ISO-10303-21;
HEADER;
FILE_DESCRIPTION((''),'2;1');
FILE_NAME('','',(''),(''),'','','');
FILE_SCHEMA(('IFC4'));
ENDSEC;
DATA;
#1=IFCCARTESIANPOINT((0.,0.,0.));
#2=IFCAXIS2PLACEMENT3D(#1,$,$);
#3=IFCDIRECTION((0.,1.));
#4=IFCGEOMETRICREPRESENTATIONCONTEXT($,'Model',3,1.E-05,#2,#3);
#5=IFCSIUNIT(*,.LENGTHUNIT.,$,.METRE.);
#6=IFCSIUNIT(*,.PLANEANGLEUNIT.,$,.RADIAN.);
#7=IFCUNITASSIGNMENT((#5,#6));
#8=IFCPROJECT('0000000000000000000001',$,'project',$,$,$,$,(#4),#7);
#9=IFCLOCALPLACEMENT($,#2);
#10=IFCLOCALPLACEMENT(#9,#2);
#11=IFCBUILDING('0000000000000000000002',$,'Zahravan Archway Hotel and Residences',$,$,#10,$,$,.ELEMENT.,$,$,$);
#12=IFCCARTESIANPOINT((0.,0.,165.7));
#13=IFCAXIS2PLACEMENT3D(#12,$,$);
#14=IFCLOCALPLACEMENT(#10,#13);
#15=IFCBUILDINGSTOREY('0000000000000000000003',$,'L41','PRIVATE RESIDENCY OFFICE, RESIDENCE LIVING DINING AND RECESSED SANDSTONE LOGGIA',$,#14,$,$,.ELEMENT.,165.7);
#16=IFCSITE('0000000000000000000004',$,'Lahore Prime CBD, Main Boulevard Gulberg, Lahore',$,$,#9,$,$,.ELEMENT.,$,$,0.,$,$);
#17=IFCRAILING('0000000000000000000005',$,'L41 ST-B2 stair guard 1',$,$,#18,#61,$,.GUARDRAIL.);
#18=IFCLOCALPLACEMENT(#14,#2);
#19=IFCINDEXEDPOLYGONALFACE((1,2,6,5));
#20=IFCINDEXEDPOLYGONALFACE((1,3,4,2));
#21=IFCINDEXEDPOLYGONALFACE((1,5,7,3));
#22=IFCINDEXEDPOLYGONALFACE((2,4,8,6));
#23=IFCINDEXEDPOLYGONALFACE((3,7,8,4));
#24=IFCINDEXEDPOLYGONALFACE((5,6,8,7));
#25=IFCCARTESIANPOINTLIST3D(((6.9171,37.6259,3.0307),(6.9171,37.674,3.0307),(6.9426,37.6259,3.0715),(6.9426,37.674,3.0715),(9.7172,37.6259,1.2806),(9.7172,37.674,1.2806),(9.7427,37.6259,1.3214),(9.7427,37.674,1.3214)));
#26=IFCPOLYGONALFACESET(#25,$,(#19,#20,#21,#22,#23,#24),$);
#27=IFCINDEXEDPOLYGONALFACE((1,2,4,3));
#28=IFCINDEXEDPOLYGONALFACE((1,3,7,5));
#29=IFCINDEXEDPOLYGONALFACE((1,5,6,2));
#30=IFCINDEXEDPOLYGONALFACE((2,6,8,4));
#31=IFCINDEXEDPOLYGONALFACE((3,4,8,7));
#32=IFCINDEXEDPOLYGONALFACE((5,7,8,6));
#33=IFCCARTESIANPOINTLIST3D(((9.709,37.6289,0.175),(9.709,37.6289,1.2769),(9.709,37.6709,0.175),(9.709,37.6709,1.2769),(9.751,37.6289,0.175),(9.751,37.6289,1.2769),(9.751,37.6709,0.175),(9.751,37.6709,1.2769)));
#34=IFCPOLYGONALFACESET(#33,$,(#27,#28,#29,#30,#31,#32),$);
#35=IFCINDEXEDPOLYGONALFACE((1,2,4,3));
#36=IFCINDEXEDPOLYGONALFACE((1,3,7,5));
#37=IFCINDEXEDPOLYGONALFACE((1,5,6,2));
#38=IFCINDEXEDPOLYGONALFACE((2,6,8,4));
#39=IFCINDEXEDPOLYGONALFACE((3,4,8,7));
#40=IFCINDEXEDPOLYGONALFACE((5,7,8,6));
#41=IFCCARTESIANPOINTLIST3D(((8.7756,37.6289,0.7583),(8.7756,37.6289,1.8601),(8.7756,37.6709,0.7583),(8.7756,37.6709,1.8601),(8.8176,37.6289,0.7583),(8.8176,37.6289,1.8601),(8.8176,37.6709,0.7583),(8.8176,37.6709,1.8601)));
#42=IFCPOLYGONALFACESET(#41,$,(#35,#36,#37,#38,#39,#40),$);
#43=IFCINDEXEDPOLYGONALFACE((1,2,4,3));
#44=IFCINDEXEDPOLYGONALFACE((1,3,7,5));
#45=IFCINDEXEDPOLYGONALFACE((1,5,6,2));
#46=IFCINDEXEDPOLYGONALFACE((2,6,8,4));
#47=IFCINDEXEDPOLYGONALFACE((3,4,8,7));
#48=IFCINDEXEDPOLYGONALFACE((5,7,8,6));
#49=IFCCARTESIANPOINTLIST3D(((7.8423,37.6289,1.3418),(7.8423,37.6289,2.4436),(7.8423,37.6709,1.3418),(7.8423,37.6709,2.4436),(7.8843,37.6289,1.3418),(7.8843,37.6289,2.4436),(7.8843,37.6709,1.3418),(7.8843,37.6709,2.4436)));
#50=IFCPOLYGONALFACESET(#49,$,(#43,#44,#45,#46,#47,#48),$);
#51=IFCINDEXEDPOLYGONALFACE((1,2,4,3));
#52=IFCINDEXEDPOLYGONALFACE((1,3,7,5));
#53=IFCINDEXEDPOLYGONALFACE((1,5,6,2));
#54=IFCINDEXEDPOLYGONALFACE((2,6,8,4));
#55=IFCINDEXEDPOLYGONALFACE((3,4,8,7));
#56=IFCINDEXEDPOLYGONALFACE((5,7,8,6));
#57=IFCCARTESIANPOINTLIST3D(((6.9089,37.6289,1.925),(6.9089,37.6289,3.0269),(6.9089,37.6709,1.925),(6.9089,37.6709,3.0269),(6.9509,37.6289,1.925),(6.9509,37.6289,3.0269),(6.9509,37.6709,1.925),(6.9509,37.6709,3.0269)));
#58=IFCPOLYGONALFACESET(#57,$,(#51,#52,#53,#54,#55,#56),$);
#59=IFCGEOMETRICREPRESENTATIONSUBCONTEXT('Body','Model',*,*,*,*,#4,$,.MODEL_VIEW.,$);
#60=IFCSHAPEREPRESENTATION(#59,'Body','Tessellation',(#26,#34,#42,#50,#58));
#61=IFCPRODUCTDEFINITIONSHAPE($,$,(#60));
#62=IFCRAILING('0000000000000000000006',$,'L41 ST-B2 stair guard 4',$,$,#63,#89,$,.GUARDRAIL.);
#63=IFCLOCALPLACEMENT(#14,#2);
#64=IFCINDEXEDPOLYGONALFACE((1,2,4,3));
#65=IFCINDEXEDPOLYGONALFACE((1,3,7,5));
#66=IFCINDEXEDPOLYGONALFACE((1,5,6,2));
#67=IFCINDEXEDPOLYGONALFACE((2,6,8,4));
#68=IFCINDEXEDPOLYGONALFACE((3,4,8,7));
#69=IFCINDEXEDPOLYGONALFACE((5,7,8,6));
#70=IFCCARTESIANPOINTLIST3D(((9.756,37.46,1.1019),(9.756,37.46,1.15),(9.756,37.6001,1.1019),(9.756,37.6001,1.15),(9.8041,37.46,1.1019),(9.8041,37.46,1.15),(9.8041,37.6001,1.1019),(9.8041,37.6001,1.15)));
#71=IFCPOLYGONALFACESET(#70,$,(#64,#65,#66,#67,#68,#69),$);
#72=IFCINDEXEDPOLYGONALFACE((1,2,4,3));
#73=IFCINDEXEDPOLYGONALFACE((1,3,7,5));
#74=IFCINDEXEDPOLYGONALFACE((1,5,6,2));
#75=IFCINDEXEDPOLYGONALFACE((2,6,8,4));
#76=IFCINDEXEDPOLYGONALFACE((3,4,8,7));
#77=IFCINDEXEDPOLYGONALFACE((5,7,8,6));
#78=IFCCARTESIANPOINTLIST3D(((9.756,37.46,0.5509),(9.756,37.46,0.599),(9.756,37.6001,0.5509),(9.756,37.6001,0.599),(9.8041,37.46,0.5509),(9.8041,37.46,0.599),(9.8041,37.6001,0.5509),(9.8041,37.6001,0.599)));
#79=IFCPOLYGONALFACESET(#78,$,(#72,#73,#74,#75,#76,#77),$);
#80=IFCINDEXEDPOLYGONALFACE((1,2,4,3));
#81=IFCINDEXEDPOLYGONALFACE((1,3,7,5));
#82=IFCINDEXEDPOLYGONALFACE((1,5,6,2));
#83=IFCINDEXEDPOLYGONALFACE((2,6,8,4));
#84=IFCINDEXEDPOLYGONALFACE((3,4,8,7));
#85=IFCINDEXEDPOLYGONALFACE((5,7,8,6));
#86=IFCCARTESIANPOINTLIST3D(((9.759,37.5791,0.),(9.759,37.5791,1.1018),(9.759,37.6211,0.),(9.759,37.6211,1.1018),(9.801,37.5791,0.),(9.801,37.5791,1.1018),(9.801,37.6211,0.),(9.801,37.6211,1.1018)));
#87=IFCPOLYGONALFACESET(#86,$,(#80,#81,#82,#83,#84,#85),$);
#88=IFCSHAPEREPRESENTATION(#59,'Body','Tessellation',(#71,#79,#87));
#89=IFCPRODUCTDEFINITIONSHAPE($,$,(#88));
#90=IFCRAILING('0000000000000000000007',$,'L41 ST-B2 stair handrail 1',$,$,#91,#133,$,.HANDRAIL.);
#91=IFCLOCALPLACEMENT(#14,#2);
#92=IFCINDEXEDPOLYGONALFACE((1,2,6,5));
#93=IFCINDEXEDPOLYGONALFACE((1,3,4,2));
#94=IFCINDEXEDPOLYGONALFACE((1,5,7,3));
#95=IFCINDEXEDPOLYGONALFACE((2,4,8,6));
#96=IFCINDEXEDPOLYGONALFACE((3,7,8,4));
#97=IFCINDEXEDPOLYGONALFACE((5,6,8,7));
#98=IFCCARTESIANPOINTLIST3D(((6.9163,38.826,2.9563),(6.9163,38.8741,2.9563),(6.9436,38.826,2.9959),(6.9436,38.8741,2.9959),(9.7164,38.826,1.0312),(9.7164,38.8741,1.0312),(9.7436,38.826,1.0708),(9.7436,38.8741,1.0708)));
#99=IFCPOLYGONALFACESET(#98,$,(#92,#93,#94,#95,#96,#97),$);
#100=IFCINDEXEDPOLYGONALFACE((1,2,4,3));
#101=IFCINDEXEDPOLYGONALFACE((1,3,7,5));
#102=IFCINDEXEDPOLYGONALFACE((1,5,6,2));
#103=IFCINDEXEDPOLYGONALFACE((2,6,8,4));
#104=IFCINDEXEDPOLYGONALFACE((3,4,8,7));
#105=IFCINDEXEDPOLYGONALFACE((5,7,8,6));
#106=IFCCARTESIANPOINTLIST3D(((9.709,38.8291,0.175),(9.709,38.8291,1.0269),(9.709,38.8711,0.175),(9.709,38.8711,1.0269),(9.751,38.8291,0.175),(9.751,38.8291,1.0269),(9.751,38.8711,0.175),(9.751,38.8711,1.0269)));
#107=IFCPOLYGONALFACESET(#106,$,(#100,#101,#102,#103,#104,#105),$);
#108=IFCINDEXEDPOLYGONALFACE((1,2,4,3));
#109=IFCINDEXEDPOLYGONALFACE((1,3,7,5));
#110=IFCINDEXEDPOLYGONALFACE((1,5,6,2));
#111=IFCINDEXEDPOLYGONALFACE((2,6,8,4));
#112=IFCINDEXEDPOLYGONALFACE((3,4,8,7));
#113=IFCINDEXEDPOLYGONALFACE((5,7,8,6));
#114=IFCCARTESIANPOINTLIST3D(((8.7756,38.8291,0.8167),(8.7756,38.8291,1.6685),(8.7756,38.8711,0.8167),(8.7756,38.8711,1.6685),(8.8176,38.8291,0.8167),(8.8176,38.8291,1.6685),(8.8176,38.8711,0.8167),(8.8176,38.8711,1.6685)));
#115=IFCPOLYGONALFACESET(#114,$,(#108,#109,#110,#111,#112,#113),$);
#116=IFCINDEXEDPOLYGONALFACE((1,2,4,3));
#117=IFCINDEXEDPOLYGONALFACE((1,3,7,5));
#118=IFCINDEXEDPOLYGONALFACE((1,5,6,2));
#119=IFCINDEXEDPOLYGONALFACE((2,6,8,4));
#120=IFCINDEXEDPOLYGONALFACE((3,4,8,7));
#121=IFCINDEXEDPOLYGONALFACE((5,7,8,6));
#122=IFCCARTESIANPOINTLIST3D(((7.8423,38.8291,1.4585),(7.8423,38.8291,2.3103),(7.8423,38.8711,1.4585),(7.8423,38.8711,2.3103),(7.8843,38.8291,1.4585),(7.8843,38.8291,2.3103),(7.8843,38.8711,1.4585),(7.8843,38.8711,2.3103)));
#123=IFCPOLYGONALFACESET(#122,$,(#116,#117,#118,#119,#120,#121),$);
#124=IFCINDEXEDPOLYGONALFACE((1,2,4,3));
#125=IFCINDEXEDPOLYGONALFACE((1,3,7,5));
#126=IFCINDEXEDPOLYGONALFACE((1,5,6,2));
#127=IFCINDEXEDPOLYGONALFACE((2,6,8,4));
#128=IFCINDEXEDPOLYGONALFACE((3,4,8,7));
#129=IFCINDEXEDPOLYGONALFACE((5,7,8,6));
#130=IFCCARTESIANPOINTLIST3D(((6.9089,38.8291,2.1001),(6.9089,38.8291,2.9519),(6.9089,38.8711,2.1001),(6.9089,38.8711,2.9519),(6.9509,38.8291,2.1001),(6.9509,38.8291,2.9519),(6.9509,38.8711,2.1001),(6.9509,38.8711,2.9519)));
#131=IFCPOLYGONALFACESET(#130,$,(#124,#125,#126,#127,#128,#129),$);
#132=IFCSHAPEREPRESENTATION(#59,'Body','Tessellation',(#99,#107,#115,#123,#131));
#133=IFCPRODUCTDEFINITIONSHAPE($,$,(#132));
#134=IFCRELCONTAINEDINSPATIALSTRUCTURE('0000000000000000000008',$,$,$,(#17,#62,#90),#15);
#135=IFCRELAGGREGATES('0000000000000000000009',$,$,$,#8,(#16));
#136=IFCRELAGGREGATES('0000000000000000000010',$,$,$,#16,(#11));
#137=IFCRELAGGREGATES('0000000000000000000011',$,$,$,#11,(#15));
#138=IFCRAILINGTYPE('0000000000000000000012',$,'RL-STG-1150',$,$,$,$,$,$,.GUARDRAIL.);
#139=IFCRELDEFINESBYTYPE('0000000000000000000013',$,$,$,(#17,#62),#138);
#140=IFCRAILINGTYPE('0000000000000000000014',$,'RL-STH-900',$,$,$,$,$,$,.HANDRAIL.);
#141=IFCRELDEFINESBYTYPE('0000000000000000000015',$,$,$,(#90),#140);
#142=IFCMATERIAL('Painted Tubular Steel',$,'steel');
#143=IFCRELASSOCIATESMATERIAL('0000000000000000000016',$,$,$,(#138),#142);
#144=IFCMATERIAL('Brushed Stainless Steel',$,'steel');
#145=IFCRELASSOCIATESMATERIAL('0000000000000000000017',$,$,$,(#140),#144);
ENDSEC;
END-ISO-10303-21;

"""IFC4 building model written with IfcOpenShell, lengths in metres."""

from ifc_helpers import new_model, si_unit, direction, frame, origin, origin_2d, place, context, subcontext, project, spatial, rectangle, extrude, material, type_object, element, save


model = new_model("IFC4")

# Units and contexts
model_context = context("Model", 3, precision=1e-05, world=origin(), true_north=direction((0.0, 1.0)))
body_context = subcontext(model_context, "Body", "Model", "MODEL_VIEW")
ifc_project = project(units=[si_unit("LENGTHUNIT", "METRE"), si_unit("PLANEANGLEUNIT", "RADIAN")], contexts=[model_context])

# Site, building, storey
site_placement = place(None, origin())
site = spatial("IfcSite", under=ifc_project, at=site_placement, Name="Lahore Prime CBD, Main Boulevard Gulberg, Lahore", CompositionType="ELEMENT", RefElevation=0.0)
building_placement = place(site_placement, origin())
building = spatial("IfcBuilding", under=site, at=building_placement, Name="Zahravan Archway Hotel and Residences", CompositionType="ELEMENT")
storey_placement = place(building_placement, frame((0.0, 0.0, 165.7)))
storey = spatial("IfcBuildingStorey", under=building, at=storey_placement, Name="L41", Description="PRIVATE RESIDENCY OFFICE, RESIDENCE LIVING DINING AND RECESSED SANDSTONE LOGGIA", CompositionType="ELEMENT", Elevation=165.7)

# Railings
ifc_material_1 = material(Name="Painted Tubular Steel", Category="steel")
railing_type_1 = type_object("IfcRailingType", Name="RL-STG-1150", PredefinedType="GUARDRAIL", material=ifc_material_1)
railing_1_placement = place(storey_placement, frame((9.73, 37.6499, 0.175)))
element("IfcRailing", 1, at=railing_1_placement, inside=storey, type_object=railing_type_1, Name="L41 ST-B2 stair guard 1", PredefinedType="GUARDRAIL", context=body_context, shape_type="SweptSolid", body=[
    extrude(rectangle(XDim=0.0481, YDim=0.0481, at=origin_2d()), frame((0.0, 0.0, 1.126), z_axis=(-0.848002, 0.0, 0.529992), x_axis=(0.0, -1.0, 0.0)), (0.0, 0.0, 1.0), 3.302),
    extrude(rectangle(XDim=0.042, YDim=0.042, at=origin_2d()), origin(), (0.0, 0.0, 1.0), 1.1018),
    extrude(rectangle(XDim=0.042, YDim=0.042, at=origin_2d()), frame((-0.9333, 0.0, 0.5833)), (0.0, 0.0, 1.0), 1.1018),
    extrude(rectangle(XDim=0.042, YDim=0.042, at=origin_2d()), frame((-1.8667, 0.0, 1.1667)), (0.0, 0.0, 1.0), 1.1018),
    extrude(rectangle(XDim=0.042, YDim=0.042, at=origin_2d()), frame((-2.8, 0.0, 1.75)), (0.0, 0.0, 1.0), 1.1018),
])
railing_2_placement = place(storey_placement, frame((9.78, 37.6001, 0.0)))
element("IfcRailing", 2, at=railing_2_placement, inside=storey, type_object=railing_type_1, Name="L41 ST-B2 stair guard 4", PredefinedType="GUARDRAIL", context=body_context, shape_type="SweptSolid", body=[
    extrude(rectangle(XDim=0.0481, YDim=0.0481, at=origin_2d()), frame((0.0, 0.0, 1.126), z_axis=(0.0, -1.0, 0.0), x_axis=(1.0, 0.0, 0.0)), (0.0, 0.0, 1.0), 0.1401),
    extrude(rectangle(XDim=0.0481, YDim=0.0481, at=origin_2d()), frame((0.0, 0.0, 0.575), z_axis=(0.0, -1.0, 0.0), x_axis=(1.0, 0.0, 0.0)), (0.0, 0.0, 1.0), 0.1401),
    extrude(rectangle(XDim=0.042, YDim=0.042, at=origin_2d()), origin(), (0.0, 0.0, 1.0), 1.1018),
])
ifc_material_2 = material(Name="Brushed Stainless Steel", Category="steel")
railing_type_2 = type_object("IfcRailingType", Name="RL-STH-900", PredefinedType="HANDRAIL", material=ifc_material_2)
railing_3_placement = place(storey_placement, frame((9.73, 38.8501, 0.175)))
element("IfcRailing", 3, at=railing_3_placement, inside=storey, type_object=railing_type_2, Name="L41 ST-B2 stair handrail 1", PredefinedType="HANDRAIL", context=body_context, shape_type="SweptSolid", body=[
    extrude(rectangle(XDim=0.0481, YDim=0.0481, at=origin_2d()), frame((0.0, 0.0, 0.876), z_axis=(-0.82404, 0.0, 0.566532), x_axis=(0.0, -1.0, 0.0)), (0.0, 0.0, 1.0), 3.3979),
    extrude(rectangle(XDim=0.042, YDim=0.042, at=origin_2d()), origin(), (0.0, 0.0, 1.0), 0.8518),
    extrude(rectangle(XDim=0.042, YDim=0.042, at=origin_2d()), frame((-0.9333, 0.0, 0.6416)), (0.0, 0.0, 1.0), 0.8518),
    extrude(rectangle(XDim=0.042, YDim=0.042, at=origin_2d()), frame((-1.8667, 0.0, 1.2834)), (0.0, 0.0, 1.0), 0.8518),
    extrude(rectangle(XDim=0.042, YDim=0.042, at=origin_2d()), frame((-2.8, 0.0, 1.925)), (0.0, 0.0, 1.0), 0.8518),
])

save(model, "model.ifc")
